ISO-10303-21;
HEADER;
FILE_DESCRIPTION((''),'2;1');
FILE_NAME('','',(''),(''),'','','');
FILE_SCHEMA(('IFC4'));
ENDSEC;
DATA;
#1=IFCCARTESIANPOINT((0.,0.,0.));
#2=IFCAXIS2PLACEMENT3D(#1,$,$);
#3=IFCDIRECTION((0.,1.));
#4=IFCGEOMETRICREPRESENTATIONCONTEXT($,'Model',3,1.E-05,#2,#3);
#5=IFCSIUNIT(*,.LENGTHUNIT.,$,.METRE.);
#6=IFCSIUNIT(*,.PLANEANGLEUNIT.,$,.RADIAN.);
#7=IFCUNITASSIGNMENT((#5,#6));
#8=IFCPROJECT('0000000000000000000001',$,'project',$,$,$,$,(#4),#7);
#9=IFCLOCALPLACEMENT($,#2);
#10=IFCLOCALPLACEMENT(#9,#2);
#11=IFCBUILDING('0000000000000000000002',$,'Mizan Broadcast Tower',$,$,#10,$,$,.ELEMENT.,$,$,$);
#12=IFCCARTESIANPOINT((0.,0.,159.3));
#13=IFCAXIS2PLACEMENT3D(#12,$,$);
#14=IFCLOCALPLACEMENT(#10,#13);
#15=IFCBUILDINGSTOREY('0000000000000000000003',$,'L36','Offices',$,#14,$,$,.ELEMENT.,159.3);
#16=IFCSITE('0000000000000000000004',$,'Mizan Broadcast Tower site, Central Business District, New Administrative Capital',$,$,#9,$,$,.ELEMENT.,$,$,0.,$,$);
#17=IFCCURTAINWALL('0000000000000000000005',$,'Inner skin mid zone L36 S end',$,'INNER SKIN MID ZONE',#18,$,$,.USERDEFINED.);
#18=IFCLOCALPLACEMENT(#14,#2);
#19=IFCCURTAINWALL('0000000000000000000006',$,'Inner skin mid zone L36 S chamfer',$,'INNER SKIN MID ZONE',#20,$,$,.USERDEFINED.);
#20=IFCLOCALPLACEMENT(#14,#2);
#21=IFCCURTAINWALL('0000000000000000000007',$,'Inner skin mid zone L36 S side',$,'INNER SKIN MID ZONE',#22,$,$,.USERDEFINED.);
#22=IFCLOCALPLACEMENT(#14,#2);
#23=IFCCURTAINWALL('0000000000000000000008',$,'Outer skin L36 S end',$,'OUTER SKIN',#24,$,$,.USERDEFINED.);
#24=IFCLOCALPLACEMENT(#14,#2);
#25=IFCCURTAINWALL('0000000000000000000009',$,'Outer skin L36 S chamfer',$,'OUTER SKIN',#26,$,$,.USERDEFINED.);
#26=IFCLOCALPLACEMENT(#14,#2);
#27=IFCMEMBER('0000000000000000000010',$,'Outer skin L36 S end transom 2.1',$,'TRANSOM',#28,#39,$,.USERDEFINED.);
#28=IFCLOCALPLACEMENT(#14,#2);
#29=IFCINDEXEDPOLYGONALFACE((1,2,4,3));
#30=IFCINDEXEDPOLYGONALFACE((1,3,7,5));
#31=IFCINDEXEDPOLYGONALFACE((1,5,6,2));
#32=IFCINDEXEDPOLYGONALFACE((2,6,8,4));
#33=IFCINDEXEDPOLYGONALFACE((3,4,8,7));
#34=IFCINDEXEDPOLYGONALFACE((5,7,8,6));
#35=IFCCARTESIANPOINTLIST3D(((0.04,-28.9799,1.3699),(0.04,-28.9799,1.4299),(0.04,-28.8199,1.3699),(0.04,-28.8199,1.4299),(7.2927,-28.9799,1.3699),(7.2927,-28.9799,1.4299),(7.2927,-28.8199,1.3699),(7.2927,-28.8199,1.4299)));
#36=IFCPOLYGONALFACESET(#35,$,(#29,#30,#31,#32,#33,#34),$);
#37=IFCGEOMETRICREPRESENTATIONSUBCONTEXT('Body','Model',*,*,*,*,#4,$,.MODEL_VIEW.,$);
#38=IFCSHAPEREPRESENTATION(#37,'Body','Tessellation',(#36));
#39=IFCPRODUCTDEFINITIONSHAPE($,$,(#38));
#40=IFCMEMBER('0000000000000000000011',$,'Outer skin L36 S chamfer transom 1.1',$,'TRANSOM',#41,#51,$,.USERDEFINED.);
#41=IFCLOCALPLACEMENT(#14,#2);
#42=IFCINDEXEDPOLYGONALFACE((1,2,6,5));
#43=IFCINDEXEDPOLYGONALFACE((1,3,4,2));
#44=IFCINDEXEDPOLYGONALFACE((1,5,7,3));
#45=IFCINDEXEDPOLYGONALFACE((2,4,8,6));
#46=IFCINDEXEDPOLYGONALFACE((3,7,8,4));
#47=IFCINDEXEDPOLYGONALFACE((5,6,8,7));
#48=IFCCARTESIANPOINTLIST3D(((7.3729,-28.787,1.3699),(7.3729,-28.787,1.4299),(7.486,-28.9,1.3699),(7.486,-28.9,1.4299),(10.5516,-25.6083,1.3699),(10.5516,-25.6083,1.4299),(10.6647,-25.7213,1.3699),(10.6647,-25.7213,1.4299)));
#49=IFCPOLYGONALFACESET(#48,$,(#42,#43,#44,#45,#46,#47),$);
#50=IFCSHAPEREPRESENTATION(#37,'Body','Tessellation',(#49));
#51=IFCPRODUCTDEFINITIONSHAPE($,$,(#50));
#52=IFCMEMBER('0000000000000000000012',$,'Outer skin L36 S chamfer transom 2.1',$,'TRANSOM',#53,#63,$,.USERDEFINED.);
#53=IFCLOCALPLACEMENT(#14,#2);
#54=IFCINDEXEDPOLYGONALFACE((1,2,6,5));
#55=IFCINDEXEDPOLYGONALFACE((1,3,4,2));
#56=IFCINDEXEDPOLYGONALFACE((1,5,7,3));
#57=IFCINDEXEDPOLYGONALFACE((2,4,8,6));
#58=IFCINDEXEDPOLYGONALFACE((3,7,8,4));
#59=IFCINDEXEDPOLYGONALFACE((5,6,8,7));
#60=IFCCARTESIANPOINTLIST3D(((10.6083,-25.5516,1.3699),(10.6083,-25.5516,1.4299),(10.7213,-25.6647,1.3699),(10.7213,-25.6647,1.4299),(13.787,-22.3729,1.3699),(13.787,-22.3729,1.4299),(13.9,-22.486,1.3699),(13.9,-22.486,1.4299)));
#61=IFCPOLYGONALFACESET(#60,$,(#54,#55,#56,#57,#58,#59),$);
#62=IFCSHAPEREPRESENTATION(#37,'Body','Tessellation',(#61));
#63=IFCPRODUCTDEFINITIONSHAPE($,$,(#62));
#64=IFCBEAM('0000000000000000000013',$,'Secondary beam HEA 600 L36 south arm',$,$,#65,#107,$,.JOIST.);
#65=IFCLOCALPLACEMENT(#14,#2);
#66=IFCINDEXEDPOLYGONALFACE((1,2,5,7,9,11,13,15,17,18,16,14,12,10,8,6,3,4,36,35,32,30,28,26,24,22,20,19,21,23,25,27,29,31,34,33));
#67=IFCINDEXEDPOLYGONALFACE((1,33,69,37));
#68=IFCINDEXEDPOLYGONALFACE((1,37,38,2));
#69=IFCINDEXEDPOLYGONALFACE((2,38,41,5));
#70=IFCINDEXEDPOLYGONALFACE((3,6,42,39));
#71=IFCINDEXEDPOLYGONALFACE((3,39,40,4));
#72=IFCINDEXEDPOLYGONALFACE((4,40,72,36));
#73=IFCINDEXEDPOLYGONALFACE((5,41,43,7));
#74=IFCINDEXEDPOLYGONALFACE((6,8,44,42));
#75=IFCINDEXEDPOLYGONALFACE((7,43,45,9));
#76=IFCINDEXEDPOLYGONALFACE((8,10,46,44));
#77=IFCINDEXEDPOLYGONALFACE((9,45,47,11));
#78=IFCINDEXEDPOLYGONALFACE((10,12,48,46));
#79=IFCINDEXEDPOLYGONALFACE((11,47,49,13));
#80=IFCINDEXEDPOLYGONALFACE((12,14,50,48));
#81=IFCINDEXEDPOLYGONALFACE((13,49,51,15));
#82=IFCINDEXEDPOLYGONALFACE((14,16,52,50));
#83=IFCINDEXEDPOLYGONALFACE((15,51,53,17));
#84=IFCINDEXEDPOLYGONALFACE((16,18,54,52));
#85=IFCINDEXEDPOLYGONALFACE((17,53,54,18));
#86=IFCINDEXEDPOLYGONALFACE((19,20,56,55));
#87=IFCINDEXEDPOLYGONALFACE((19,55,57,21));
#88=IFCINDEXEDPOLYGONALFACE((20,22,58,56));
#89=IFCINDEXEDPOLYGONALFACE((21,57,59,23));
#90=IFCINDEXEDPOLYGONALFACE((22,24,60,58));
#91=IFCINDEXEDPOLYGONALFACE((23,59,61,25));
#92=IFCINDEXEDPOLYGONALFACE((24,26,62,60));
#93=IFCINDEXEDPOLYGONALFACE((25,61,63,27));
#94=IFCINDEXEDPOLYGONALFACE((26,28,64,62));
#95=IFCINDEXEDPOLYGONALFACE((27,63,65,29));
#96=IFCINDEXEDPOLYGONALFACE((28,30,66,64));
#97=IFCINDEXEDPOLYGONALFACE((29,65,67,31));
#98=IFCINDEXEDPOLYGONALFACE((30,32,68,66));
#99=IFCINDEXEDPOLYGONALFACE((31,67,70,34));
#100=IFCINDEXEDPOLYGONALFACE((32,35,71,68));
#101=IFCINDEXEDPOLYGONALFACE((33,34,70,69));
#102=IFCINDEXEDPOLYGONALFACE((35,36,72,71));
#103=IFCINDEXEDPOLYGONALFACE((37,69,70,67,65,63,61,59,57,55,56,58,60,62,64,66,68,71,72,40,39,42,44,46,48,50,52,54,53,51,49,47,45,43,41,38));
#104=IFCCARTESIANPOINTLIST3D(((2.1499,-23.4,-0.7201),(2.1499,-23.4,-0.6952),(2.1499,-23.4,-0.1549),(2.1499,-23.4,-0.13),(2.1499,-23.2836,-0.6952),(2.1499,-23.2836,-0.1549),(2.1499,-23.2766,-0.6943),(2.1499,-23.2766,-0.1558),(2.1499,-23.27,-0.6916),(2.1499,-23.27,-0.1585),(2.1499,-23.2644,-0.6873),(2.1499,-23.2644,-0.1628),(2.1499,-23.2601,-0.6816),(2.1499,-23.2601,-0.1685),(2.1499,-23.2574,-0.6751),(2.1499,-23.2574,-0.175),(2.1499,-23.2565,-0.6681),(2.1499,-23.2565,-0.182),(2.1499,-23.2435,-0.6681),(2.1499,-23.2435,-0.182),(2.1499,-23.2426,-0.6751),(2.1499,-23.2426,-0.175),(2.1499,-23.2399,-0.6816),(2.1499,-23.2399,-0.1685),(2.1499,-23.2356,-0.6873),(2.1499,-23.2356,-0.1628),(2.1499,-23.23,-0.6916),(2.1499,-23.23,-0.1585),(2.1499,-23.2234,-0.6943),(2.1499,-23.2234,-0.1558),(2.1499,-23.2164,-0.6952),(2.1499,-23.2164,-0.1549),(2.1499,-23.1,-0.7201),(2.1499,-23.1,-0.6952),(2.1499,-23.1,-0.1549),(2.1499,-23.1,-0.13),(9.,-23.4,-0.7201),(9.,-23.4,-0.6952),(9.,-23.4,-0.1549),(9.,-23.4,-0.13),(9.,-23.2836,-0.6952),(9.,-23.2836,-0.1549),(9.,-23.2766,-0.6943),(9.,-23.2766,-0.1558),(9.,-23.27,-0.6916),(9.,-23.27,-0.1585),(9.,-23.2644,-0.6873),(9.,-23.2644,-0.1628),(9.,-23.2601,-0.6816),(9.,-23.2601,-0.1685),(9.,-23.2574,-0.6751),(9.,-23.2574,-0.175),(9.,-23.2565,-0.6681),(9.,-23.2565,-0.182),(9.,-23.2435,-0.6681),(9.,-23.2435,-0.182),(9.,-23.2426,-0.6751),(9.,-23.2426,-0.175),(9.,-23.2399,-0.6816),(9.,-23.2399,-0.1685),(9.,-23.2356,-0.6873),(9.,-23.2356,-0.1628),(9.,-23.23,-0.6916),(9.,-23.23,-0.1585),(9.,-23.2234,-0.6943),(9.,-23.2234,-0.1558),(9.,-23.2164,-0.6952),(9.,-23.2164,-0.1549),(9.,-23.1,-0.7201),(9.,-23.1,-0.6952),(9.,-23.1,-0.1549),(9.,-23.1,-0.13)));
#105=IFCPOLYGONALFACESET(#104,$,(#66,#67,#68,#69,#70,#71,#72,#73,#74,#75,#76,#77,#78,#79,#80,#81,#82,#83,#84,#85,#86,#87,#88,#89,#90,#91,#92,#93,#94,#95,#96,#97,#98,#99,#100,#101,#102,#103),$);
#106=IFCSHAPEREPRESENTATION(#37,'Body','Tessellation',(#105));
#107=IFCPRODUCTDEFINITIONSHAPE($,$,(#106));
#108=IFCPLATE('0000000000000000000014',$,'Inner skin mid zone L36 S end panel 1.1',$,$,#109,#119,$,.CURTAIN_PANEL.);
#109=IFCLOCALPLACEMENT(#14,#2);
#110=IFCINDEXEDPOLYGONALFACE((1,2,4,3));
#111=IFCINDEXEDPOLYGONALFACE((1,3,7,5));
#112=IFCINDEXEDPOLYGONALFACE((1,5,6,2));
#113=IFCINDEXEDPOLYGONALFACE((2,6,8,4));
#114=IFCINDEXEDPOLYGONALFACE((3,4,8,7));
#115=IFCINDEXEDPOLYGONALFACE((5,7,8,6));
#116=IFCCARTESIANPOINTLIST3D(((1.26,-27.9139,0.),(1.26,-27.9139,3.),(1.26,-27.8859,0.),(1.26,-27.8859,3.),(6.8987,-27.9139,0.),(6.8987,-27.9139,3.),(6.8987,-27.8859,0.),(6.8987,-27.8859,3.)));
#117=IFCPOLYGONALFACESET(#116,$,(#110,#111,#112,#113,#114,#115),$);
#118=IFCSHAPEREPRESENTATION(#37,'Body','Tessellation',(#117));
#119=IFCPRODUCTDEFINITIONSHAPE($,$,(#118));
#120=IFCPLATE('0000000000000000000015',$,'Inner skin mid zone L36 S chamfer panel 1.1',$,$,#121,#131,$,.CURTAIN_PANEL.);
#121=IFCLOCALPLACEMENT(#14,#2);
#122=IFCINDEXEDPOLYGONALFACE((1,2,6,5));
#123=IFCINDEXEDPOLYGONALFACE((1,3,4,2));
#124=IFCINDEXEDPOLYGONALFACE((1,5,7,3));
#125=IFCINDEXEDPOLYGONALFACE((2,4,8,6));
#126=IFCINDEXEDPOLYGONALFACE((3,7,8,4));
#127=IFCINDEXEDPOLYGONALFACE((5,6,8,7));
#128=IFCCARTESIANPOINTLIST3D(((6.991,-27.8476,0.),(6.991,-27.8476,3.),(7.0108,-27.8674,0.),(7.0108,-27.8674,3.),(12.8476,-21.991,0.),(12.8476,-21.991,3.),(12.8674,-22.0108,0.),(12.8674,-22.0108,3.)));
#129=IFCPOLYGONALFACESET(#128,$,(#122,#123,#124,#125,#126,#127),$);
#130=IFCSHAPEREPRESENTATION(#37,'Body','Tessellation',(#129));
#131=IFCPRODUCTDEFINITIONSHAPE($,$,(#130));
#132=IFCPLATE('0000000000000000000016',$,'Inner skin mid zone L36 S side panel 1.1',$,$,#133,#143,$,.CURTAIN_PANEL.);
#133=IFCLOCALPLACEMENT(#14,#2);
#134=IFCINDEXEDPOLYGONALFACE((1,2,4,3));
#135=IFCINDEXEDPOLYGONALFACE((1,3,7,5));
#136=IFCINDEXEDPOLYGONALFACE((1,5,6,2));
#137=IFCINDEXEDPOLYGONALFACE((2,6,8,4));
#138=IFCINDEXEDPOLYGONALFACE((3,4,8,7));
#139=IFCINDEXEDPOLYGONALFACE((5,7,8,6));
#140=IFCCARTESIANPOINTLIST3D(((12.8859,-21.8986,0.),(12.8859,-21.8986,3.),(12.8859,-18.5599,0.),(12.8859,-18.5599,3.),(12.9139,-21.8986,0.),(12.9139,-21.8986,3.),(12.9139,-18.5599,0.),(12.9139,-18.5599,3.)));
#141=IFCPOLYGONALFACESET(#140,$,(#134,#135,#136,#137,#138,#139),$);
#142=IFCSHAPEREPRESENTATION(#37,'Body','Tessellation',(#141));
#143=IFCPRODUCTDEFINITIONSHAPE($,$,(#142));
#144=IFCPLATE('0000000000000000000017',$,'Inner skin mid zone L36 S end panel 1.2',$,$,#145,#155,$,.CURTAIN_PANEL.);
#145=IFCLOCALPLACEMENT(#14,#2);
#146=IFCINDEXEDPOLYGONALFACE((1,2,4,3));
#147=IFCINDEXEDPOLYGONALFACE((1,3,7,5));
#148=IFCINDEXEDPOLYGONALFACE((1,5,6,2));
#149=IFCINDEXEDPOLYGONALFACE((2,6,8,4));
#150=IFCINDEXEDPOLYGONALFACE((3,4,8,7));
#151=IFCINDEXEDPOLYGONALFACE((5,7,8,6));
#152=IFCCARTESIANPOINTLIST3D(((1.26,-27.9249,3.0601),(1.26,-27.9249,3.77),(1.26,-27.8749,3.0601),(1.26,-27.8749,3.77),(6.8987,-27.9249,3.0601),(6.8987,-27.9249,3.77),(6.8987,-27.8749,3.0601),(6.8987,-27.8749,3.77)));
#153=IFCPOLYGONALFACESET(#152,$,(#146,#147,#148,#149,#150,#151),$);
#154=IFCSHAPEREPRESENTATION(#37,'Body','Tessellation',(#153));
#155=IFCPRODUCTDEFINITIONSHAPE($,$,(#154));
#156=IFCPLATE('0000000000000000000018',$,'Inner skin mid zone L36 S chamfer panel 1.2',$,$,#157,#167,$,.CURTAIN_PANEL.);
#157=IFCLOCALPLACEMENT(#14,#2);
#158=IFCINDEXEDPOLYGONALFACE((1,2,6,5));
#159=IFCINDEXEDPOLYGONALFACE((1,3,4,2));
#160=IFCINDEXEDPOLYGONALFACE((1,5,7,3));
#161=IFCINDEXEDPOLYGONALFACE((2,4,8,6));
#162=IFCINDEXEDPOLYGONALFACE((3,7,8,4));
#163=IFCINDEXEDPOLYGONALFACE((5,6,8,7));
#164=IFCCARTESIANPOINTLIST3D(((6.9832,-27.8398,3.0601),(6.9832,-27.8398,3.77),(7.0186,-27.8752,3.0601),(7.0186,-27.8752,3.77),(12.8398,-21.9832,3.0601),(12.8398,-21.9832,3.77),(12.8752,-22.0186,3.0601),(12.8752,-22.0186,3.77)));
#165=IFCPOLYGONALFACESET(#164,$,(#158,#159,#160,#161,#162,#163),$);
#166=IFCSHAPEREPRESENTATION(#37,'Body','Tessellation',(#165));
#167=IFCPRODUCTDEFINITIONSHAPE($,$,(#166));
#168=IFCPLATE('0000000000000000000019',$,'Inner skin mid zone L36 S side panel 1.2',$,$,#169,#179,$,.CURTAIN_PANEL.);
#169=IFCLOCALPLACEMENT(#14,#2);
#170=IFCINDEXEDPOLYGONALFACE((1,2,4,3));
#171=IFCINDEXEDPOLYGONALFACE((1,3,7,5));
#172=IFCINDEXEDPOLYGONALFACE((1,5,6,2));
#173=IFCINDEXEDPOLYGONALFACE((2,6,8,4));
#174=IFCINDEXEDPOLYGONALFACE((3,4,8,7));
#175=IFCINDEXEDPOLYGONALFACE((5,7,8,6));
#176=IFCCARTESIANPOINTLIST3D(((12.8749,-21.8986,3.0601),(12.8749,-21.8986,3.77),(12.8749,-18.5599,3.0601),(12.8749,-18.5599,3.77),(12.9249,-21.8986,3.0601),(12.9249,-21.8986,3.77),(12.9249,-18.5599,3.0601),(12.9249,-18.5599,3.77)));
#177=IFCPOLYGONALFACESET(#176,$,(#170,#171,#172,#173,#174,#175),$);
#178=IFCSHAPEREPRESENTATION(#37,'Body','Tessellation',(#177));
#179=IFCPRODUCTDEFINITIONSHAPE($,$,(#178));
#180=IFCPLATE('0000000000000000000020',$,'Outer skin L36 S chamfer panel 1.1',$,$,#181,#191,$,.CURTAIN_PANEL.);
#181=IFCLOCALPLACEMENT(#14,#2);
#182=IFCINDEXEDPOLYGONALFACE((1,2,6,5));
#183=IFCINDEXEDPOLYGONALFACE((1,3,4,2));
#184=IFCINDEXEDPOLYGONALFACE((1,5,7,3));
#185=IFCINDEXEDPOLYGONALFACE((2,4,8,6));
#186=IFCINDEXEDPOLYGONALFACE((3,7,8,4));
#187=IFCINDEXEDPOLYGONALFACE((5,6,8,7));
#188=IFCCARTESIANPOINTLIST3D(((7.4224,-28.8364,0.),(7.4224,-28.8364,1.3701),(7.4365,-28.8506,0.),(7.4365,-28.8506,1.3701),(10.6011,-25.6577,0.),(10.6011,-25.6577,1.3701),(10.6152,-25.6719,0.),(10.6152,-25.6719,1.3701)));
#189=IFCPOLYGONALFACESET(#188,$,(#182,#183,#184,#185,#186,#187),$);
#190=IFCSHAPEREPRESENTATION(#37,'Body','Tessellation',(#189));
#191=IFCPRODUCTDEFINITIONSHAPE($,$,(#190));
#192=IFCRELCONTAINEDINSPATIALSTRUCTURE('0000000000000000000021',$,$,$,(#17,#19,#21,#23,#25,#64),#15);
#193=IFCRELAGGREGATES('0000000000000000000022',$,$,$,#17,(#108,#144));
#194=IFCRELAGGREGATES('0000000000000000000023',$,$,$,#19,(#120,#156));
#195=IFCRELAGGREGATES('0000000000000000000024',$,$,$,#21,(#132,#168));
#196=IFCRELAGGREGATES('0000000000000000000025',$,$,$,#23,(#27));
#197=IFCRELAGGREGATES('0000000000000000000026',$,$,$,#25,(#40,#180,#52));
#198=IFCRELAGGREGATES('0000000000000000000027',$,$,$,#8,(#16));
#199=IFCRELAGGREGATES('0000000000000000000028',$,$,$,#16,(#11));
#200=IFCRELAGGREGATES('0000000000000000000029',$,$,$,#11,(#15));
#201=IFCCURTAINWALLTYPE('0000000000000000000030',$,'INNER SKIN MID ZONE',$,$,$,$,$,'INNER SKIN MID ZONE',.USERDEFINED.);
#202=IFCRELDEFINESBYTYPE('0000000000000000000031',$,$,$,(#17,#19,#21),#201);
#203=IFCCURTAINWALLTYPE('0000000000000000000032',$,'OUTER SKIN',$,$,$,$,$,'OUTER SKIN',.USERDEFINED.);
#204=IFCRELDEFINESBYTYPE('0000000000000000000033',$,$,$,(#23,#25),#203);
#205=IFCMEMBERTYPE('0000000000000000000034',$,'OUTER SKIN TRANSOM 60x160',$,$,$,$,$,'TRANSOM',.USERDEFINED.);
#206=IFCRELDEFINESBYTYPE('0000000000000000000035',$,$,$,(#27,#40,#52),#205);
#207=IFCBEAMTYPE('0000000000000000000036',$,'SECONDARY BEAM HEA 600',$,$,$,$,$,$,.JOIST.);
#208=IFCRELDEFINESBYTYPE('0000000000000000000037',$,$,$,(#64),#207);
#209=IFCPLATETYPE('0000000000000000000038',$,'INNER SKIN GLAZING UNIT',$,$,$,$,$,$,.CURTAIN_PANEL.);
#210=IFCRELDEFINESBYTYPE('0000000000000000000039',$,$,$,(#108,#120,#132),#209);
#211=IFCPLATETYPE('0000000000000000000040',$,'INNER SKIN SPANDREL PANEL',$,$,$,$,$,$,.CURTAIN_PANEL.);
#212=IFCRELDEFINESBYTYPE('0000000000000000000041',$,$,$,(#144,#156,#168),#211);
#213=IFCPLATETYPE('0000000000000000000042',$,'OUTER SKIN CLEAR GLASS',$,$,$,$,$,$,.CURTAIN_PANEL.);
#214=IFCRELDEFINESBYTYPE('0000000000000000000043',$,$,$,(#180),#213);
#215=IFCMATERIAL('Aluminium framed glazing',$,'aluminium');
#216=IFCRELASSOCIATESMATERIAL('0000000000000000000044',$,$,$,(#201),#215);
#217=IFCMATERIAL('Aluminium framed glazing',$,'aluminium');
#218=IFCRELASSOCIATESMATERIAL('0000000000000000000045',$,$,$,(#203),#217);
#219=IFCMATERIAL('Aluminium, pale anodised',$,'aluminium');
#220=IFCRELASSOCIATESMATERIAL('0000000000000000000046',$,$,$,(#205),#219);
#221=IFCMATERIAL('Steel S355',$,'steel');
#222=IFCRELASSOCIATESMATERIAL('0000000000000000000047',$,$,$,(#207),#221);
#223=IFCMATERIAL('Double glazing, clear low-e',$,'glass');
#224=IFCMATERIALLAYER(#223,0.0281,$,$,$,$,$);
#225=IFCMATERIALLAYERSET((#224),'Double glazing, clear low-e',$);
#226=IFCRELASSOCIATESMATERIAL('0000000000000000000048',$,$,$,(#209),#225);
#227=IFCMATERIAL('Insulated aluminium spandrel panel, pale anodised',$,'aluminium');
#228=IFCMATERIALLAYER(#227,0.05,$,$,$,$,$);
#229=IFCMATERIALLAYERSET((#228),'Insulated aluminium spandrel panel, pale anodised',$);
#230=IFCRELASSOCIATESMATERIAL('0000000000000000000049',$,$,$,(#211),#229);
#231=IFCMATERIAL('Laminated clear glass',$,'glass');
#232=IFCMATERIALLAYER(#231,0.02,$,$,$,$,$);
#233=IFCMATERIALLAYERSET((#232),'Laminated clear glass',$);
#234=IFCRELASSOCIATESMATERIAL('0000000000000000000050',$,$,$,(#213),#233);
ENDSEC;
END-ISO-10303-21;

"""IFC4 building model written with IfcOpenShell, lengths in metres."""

from ifc_helpers import new_model, si_unit, direction, frame, origin, origin_2d, place, context, subcontext, project, spatial, rectangle, i_section, extrude, material, layer, layer_set, material_profile, profile_set, type_object, element, aggregate, save


model = new_model("IFC4")

# Units and contexts
model_context = context("Model", 3, precision=1e-05, world=origin(), true_north=direction((0.0, 1.0)))
body_context = subcontext(model_context, "Body", "Model", "MODEL_VIEW")
ifc_project = project(units=[si_unit("LENGTHUNIT", "METRE"), si_unit("PLANEANGLEUNIT", "RADIAN")], contexts=[model_context])

# Site, building, storey
site_placement = place(None, origin())
site = spatial("IfcSite", under=ifc_project, at=site_placement, Name="Mizan Broadcast Tower site, Central Business District, New Administrative Capital", CompositionType="ELEMENT", RefElevation=0.0)
building_placement = place(site_placement, origin())
building = spatial("IfcBuilding", under=site, at=building_placement, Name="Mizan Broadcast Tower", CompositionType="ELEMENT")
storey_placement = place(building_placement, frame((0.0, 0.0, 159.3)))
storey = spatial("IfcBuildingStorey", under=building, at=storey_placement, Name="L36", Description="Offices", CompositionType="ELEMENT", Elevation=159.3)

# Curtain wall
ifc_material_1 = material(Name="Aluminium framed glazing", Category="aluminium")
curtain_wall_type_1 = type_object("IfcCurtainWallType", Name="INNER SKIN MID ZONE", ElementType="INNER SKIN MID ZONE", PredefinedType="USERDEFINED", material=ifc_material_1)
curtain_wall_1_placement = place(storey_placement, origin())
curtain_wall_1 = element("IfcCurtainWall", 1, at=curtain_wall_1_placement, inside=storey, type_object=curtain_wall_type_1, Name="Inner skin mid zone L36 S end", ObjectType="INNER SKIN MID ZONE", PredefinedType="USERDEFINED")

# Curtain wall
curtain_wall_2_placement = place(storey_placement, origin())
curtain_wall_2 = element("IfcCurtainWall", 2, at=curtain_wall_2_placement, inside=storey, type_object=curtain_wall_type_1, Name="Inner skin mid zone L36 S chamfer", ObjectType="INNER SKIN MID ZONE", PredefinedType="USERDEFINED")

# Curtain wall
curtain_wall_3_placement = place(storey_placement, origin())
curtain_wall_3 = element("IfcCurtainWall", 3, at=curtain_wall_3_placement, inside=storey, type_object=curtain_wall_type_1, Name="Inner skin mid zone L36 S side", ObjectType="INNER SKIN MID ZONE", PredefinedType="USERDEFINED")

# Curtain wall
ifc_material_2 = material(Name="Aluminium framed glazing", Category="aluminium")
curtain_wall_type_2 = type_object("IfcCurtainWallType", Name="OUTER SKIN", ElementType="OUTER SKIN", PredefinedType="USERDEFINED", material=ifc_material_2)
curtain_wall_4_placement = place(storey_placement, origin())
curtain_wall_4 = element("IfcCurtainWall", 4, at=curtain_wall_4_placement, inside=storey, type_object=curtain_wall_type_2, Name="Outer skin L36 S end", ObjectType="OUTER SKIN", PredefinedType="USERDEFINED")

# Curtain wall
curtain_wall_5_placement = place(storey_placement, origin())
curtain_wall_5 = element("IfcCurtainWall", 5, at=curtain_wall_5_placement, inside=storey, type_object=curtain_wall_type_2, Name="Outer skin L36 S chamfer", ObjectType="OUTER SKIN", PredefinedType="USERDEFINED")

# Members
ifc_material_3 = material(Name="Aluminium, pale anodised", Category="aluminium")
ifc_material_profile_1 = material_profile(ifc_material_3, rectangle(XDim=0.1599, YDim=0.0601, at=origin_2d()), Name="TRANSOM 160x60")
ifc_profile_set_1 = profile_set([ifc_material_profile_1], Name="Aluminium, pale anodised")
member_type_1 = type_object("IfcMemberType", Name="OUTER SKIN TRANSOM 60x160", ElementType="TRANSOM", PredefinedType="USERDEFINED", material=ifc_profile_set_1)
member_1_placement = place(storey_placement, frame((0.04, -28.8999, 1.3999), z_axis=(1.0, 0.0, 0.0), x_axis=(0.0, 1.0, 0.0)))
member_1 = element("IfcMember", 6, at=member_1_placement, type_object=member_type_1, Name="Outer skin L36 S end transom 2.1", ObjectType="TRANSOM", PredefinedType="USERDEFINED", context=body_context, shape_type="SweptSolid", body=[
    extrude(rectangle(XDim=0.1599, YDim=0.0601, at=origin_2d()), origin(), (0.0, 0.0, 1.0), 7.2527),
])
member_2_placement = place(storey_placement, frame((7.4294, -28.8435, 1.3999), z_axis=(0.707107, 0.707107, 0.0), x_axis=(-0.707107, 0.707107, 0.0)))
member_2 = element("IfcMember", 7, at=member_2_placement, type_object=member_type_1, Name="Outer skin L36 S chamfer transom 1.1", ObjectType="TRANSOM", PredefinedType="USERDEFINED", context=body_context, shape_type="SweptSolid", body=[
    extrude(rectangle(XDim=0.1599, YDim=0.0601, at=origin_2d()), origin(), (0.0, 0.0, 1.0), 4.4954),
])
member_3_placement = place(storey_placement, frame((10.6648, -25.6082, 1.3999), z_axis=(0.707107, 0.707107, 0.0), x_axis=(-0.707107, 0.707107, 0.0)))
member_3 = element("IfcMember", 8, at=member_3_placement, type_object=member_type_1, Name="Outer skin L36 S chamfer transom 2.1", ObjectType="TRANSOM", PredefinedType="USERDEFINED", context=body_context, shape_type="SweptSolid", body=[
    extrude(rectangle(XDim=0.1599, YDim=0.0601, at=origin_2d()), origin(), (0.0, 0.0, 1.0), 4.4954),
])

# Beam
ifc_material_4 = material(Name="Steel S355", Category="steel")
ifc_material_profile_2 = material_profile(ifc_material_4, i_section(OverallWidth=0.3, OverallDepth=0.5901, WebThickness=0.0129, FlangeThickness=0.0249, FilletRadius=0.0271, at=origin_2d()), Name="HEA 600")
ifc_profile_set_2 = profile_set([ifc_material_profile_2], Name="Steel S355")
beam_type_1 = type_object("IfcBeamType", Name="SECONDARY BEAM HEA 600", PredefinedType="JOIST", material=ifc_profile_set_2)
beam_1_placement = place(storey_placement, frame((9.0, -23.25, -0.425), z_axis=(-1.0, 0.0, 0.0), x_axis=(0.0, -1.0, 0.0)))
element("IfcBeam", 9, at=beam_1_placement, inside=storey, type_object=beam_type_1, Name="Secondary beam HEA 600 L36 south arm", PredefinedType="JOIST", context=body_context, shape_type="SweptSolid", body=[
    extrude(i_section(OverallWidth=0.3, OverallDepth=0.5901, WebThickness=0.0129, FlangeThickness=0.0249, FilletRadius=0.0271, at=origin_2d()), origin(), (0.0, 0.0, 1.0), 6.8501),
])

# Plates
ifc_material_5 = material(Name="Double glazing, clear low-e", Category="glass")
ifc_layer_1 = layer(ifc_material_5, 0.0281)
ifc_layer_set_1 = layer_set([ifc_layer_1], Name="Double glazing, clear low-e")
plate_type_1 = type_object("IfcPlateType", Name="INNER SKIN GLAZING UNIT", PredefinedType="CURTAIN_PANEL", material=ifc_layer_set_1)
plate_1_placement = place(storey_placement, frame((4.0793, -27.8999, 0.0), z_axis=(0.0, 0.0, 1.0), x_axis=(1.0, 0.0, 0.0)))
plate_1 = element("IfcPlate", 10, at=plate_1_placement, type_object=plate_type_1, Name="Inner skin mid zone L36 S end panel 1.1", PredefinedType="CURTAIN_PANEL", context=body_context, shape_type="SweptSolid", body=[
    extrude(rectangle(XDim=5.6387, YDim=0.0281, at=origin_2d()), origin(), (0.0, 0.0, 1.0), 3.0),
])
plate_2_placement = place(storey_placement, frame((9.9292, -24.9292, 0.0), z_axis=(0.0, 0.0, 1.0), x_axis=(0.707107, 0.707107, 0.0)))
plate_2 = element("IfcPlate", 11, at=plate_2_placement, type_object=plate_type_1, Name="Inner skin mid zone L36 S chamfer panel 1.1", PredefinedType="CURTAIN_PANEL", context=body_context, shape_type="SweptSolid", body=[
    extrude(rectangle(XDim=8.2825, YDim=0.0281, at=origin_2d()), origin(), (0.0, 0.0, 1.0), 3.0),
])
plate_3_placement = place(storey_placement, frame((12.8999, -20.2292, 0.0), z_axis=(0.0, 0.0, 1.0), x_axis=(0.0, 1.0, 0.0)))
plate_3 = element("IfcPlate", 12, at=plate_3_placement, type_object=plate_type_1, Name="Inner skin mid zone L36 S side panel 1.1", PredefinedType="CURTAIN_PANEL", context=body_context, shape_type="SweptSolid", body=[
    extrude(rectangle(XDim=3.3386, YDim=0.0281, at=origin_2d()), origin(), (0.0, 0.0, 1.0), 3.0),
])
ifc_material_6 = material(Name="Insulated aluminium spandrel panel, pale anodised", Category="aluminium")
ifc_layer_2 = layer(ifc_material_6, 0.05)
ifc_layer_set_2 = layer_set([ifc_layer_2], Name="Insulated aluminium spandrel panel, pale anodised")
plate_type_2 = type_object("IfcPlateType", Name="INNER SKIN SPANDREL PANEL", PredefinedType="CURTAIN_PANEL", material=ifc_layer_set_2)
plate_4_placement = place(storey_placement, frame((4.0793, -27.8999, 3.0601), z_axis=(0.0, 0.0, 1.0), x_axis=(1.0, 0.0, 0.0)))
plate_4 = element("IfcPlate", 13, at=plate_4_placement, type_object=plate_type_2, Name="Inner skin mid zone L36 S end panel 1.2", PredefinedType="CURTAIN_PANEL", context=body_context, shape_type="SweptSolid", body=[
    extrude(rectangle(XDim=5.6387, YDim=0.05, at=origin_2d()), origin(), (0.0, 0.0, 1.0), 0.71),
])
aggregate(curtain_wall_1, [plate_1, plate_4])
plate_5_placement = place(storey_placement, frame((9.9292, -24.9292, 3.0601), z_axis=(0.0, 0.0, 1.0), x_axis=(0.707107, 0.707107, 0.0)))
plate_5 = element("IfcPlate", 14, at=plate_5_placement, type_object=plate_type_2, Name="Inner skin mid zone L36 S chamfer panel 1.2", PredefinedType="CURTAIN_PANEL", context=body_context, shape_type="SweptSolid", body=[
    extrude(rectangle(XDim=8.2825, YDim=0.05, at=origin_2d()), origin(), (0.0, 0.0, 1.0), 0.71),
])
aggregate(curtain_wall_2, [plate_2, plate_5])
plate_6_placement = place(storey_placement, frame((12.8999, -20.2292, 3.0601), z_axis=(0.0, 0.0, 1.0), x_axis=(0.0, 1.0, 0.0)))
plate_6 = element("IfcPlate", 15, at=plate_6_placement, type_object=plate_type_2, Name="Inner skin mid zone L36 S side panel 1.2", PredefinedType="CURTAIN_PANEL", context=body_context, shape_type="SweptSolid", body=[
    extrude(rectangle(XDim=3.3386, YDim=0.05, at=origin_2d()), origin(), (0.0, 0.0, 1.0), 0.71),
])
aggregate(curtain_wall_3, [plate_3, plate_6])
ifc_material_7 = material(Name="Laminated clear glass", Category="glass")
ifc_layer_3 = layer(ifc_material_7, 0.02)
ifc_layer_set_3 = layer_set([ifc_layer_3], Name="Laminated clear glass")
plate_type_3 = type_object("IfcPlateType", Name="OUTER SKIN CLEAR GLASS", PredefinedType="CURTAIN_PANEL", material=ifc_layer_set_3)
plate_7_placement = place(storey_placement, frame((9.0188, -27.2542, 0.0), z_axis=(0.0, 0.0, 1.0), x_axis=(0.707107, 0.707107, 0.0)))
plate_7 = element("IfcPlate", 16, at=plate_7_placement, type_object=plate_type_3, Name="Outer skin L36 S chamfer panel 1.1", PredefinedType="CURTAIN_PANEL", context=body_context, shape_type="SweptSolid", body=[
    extrude(rectangle(XDim=4.4954, YDim=0.02, at=origin_2d()), origin(), (0.0, 0.0, 1.0), 1.3701),
])
aggregate(curtain_wall_4, [member_1])
aggregate(curtain_wall_5, [member_2, plate_7, member_3])

save(model, "model.ifc")
